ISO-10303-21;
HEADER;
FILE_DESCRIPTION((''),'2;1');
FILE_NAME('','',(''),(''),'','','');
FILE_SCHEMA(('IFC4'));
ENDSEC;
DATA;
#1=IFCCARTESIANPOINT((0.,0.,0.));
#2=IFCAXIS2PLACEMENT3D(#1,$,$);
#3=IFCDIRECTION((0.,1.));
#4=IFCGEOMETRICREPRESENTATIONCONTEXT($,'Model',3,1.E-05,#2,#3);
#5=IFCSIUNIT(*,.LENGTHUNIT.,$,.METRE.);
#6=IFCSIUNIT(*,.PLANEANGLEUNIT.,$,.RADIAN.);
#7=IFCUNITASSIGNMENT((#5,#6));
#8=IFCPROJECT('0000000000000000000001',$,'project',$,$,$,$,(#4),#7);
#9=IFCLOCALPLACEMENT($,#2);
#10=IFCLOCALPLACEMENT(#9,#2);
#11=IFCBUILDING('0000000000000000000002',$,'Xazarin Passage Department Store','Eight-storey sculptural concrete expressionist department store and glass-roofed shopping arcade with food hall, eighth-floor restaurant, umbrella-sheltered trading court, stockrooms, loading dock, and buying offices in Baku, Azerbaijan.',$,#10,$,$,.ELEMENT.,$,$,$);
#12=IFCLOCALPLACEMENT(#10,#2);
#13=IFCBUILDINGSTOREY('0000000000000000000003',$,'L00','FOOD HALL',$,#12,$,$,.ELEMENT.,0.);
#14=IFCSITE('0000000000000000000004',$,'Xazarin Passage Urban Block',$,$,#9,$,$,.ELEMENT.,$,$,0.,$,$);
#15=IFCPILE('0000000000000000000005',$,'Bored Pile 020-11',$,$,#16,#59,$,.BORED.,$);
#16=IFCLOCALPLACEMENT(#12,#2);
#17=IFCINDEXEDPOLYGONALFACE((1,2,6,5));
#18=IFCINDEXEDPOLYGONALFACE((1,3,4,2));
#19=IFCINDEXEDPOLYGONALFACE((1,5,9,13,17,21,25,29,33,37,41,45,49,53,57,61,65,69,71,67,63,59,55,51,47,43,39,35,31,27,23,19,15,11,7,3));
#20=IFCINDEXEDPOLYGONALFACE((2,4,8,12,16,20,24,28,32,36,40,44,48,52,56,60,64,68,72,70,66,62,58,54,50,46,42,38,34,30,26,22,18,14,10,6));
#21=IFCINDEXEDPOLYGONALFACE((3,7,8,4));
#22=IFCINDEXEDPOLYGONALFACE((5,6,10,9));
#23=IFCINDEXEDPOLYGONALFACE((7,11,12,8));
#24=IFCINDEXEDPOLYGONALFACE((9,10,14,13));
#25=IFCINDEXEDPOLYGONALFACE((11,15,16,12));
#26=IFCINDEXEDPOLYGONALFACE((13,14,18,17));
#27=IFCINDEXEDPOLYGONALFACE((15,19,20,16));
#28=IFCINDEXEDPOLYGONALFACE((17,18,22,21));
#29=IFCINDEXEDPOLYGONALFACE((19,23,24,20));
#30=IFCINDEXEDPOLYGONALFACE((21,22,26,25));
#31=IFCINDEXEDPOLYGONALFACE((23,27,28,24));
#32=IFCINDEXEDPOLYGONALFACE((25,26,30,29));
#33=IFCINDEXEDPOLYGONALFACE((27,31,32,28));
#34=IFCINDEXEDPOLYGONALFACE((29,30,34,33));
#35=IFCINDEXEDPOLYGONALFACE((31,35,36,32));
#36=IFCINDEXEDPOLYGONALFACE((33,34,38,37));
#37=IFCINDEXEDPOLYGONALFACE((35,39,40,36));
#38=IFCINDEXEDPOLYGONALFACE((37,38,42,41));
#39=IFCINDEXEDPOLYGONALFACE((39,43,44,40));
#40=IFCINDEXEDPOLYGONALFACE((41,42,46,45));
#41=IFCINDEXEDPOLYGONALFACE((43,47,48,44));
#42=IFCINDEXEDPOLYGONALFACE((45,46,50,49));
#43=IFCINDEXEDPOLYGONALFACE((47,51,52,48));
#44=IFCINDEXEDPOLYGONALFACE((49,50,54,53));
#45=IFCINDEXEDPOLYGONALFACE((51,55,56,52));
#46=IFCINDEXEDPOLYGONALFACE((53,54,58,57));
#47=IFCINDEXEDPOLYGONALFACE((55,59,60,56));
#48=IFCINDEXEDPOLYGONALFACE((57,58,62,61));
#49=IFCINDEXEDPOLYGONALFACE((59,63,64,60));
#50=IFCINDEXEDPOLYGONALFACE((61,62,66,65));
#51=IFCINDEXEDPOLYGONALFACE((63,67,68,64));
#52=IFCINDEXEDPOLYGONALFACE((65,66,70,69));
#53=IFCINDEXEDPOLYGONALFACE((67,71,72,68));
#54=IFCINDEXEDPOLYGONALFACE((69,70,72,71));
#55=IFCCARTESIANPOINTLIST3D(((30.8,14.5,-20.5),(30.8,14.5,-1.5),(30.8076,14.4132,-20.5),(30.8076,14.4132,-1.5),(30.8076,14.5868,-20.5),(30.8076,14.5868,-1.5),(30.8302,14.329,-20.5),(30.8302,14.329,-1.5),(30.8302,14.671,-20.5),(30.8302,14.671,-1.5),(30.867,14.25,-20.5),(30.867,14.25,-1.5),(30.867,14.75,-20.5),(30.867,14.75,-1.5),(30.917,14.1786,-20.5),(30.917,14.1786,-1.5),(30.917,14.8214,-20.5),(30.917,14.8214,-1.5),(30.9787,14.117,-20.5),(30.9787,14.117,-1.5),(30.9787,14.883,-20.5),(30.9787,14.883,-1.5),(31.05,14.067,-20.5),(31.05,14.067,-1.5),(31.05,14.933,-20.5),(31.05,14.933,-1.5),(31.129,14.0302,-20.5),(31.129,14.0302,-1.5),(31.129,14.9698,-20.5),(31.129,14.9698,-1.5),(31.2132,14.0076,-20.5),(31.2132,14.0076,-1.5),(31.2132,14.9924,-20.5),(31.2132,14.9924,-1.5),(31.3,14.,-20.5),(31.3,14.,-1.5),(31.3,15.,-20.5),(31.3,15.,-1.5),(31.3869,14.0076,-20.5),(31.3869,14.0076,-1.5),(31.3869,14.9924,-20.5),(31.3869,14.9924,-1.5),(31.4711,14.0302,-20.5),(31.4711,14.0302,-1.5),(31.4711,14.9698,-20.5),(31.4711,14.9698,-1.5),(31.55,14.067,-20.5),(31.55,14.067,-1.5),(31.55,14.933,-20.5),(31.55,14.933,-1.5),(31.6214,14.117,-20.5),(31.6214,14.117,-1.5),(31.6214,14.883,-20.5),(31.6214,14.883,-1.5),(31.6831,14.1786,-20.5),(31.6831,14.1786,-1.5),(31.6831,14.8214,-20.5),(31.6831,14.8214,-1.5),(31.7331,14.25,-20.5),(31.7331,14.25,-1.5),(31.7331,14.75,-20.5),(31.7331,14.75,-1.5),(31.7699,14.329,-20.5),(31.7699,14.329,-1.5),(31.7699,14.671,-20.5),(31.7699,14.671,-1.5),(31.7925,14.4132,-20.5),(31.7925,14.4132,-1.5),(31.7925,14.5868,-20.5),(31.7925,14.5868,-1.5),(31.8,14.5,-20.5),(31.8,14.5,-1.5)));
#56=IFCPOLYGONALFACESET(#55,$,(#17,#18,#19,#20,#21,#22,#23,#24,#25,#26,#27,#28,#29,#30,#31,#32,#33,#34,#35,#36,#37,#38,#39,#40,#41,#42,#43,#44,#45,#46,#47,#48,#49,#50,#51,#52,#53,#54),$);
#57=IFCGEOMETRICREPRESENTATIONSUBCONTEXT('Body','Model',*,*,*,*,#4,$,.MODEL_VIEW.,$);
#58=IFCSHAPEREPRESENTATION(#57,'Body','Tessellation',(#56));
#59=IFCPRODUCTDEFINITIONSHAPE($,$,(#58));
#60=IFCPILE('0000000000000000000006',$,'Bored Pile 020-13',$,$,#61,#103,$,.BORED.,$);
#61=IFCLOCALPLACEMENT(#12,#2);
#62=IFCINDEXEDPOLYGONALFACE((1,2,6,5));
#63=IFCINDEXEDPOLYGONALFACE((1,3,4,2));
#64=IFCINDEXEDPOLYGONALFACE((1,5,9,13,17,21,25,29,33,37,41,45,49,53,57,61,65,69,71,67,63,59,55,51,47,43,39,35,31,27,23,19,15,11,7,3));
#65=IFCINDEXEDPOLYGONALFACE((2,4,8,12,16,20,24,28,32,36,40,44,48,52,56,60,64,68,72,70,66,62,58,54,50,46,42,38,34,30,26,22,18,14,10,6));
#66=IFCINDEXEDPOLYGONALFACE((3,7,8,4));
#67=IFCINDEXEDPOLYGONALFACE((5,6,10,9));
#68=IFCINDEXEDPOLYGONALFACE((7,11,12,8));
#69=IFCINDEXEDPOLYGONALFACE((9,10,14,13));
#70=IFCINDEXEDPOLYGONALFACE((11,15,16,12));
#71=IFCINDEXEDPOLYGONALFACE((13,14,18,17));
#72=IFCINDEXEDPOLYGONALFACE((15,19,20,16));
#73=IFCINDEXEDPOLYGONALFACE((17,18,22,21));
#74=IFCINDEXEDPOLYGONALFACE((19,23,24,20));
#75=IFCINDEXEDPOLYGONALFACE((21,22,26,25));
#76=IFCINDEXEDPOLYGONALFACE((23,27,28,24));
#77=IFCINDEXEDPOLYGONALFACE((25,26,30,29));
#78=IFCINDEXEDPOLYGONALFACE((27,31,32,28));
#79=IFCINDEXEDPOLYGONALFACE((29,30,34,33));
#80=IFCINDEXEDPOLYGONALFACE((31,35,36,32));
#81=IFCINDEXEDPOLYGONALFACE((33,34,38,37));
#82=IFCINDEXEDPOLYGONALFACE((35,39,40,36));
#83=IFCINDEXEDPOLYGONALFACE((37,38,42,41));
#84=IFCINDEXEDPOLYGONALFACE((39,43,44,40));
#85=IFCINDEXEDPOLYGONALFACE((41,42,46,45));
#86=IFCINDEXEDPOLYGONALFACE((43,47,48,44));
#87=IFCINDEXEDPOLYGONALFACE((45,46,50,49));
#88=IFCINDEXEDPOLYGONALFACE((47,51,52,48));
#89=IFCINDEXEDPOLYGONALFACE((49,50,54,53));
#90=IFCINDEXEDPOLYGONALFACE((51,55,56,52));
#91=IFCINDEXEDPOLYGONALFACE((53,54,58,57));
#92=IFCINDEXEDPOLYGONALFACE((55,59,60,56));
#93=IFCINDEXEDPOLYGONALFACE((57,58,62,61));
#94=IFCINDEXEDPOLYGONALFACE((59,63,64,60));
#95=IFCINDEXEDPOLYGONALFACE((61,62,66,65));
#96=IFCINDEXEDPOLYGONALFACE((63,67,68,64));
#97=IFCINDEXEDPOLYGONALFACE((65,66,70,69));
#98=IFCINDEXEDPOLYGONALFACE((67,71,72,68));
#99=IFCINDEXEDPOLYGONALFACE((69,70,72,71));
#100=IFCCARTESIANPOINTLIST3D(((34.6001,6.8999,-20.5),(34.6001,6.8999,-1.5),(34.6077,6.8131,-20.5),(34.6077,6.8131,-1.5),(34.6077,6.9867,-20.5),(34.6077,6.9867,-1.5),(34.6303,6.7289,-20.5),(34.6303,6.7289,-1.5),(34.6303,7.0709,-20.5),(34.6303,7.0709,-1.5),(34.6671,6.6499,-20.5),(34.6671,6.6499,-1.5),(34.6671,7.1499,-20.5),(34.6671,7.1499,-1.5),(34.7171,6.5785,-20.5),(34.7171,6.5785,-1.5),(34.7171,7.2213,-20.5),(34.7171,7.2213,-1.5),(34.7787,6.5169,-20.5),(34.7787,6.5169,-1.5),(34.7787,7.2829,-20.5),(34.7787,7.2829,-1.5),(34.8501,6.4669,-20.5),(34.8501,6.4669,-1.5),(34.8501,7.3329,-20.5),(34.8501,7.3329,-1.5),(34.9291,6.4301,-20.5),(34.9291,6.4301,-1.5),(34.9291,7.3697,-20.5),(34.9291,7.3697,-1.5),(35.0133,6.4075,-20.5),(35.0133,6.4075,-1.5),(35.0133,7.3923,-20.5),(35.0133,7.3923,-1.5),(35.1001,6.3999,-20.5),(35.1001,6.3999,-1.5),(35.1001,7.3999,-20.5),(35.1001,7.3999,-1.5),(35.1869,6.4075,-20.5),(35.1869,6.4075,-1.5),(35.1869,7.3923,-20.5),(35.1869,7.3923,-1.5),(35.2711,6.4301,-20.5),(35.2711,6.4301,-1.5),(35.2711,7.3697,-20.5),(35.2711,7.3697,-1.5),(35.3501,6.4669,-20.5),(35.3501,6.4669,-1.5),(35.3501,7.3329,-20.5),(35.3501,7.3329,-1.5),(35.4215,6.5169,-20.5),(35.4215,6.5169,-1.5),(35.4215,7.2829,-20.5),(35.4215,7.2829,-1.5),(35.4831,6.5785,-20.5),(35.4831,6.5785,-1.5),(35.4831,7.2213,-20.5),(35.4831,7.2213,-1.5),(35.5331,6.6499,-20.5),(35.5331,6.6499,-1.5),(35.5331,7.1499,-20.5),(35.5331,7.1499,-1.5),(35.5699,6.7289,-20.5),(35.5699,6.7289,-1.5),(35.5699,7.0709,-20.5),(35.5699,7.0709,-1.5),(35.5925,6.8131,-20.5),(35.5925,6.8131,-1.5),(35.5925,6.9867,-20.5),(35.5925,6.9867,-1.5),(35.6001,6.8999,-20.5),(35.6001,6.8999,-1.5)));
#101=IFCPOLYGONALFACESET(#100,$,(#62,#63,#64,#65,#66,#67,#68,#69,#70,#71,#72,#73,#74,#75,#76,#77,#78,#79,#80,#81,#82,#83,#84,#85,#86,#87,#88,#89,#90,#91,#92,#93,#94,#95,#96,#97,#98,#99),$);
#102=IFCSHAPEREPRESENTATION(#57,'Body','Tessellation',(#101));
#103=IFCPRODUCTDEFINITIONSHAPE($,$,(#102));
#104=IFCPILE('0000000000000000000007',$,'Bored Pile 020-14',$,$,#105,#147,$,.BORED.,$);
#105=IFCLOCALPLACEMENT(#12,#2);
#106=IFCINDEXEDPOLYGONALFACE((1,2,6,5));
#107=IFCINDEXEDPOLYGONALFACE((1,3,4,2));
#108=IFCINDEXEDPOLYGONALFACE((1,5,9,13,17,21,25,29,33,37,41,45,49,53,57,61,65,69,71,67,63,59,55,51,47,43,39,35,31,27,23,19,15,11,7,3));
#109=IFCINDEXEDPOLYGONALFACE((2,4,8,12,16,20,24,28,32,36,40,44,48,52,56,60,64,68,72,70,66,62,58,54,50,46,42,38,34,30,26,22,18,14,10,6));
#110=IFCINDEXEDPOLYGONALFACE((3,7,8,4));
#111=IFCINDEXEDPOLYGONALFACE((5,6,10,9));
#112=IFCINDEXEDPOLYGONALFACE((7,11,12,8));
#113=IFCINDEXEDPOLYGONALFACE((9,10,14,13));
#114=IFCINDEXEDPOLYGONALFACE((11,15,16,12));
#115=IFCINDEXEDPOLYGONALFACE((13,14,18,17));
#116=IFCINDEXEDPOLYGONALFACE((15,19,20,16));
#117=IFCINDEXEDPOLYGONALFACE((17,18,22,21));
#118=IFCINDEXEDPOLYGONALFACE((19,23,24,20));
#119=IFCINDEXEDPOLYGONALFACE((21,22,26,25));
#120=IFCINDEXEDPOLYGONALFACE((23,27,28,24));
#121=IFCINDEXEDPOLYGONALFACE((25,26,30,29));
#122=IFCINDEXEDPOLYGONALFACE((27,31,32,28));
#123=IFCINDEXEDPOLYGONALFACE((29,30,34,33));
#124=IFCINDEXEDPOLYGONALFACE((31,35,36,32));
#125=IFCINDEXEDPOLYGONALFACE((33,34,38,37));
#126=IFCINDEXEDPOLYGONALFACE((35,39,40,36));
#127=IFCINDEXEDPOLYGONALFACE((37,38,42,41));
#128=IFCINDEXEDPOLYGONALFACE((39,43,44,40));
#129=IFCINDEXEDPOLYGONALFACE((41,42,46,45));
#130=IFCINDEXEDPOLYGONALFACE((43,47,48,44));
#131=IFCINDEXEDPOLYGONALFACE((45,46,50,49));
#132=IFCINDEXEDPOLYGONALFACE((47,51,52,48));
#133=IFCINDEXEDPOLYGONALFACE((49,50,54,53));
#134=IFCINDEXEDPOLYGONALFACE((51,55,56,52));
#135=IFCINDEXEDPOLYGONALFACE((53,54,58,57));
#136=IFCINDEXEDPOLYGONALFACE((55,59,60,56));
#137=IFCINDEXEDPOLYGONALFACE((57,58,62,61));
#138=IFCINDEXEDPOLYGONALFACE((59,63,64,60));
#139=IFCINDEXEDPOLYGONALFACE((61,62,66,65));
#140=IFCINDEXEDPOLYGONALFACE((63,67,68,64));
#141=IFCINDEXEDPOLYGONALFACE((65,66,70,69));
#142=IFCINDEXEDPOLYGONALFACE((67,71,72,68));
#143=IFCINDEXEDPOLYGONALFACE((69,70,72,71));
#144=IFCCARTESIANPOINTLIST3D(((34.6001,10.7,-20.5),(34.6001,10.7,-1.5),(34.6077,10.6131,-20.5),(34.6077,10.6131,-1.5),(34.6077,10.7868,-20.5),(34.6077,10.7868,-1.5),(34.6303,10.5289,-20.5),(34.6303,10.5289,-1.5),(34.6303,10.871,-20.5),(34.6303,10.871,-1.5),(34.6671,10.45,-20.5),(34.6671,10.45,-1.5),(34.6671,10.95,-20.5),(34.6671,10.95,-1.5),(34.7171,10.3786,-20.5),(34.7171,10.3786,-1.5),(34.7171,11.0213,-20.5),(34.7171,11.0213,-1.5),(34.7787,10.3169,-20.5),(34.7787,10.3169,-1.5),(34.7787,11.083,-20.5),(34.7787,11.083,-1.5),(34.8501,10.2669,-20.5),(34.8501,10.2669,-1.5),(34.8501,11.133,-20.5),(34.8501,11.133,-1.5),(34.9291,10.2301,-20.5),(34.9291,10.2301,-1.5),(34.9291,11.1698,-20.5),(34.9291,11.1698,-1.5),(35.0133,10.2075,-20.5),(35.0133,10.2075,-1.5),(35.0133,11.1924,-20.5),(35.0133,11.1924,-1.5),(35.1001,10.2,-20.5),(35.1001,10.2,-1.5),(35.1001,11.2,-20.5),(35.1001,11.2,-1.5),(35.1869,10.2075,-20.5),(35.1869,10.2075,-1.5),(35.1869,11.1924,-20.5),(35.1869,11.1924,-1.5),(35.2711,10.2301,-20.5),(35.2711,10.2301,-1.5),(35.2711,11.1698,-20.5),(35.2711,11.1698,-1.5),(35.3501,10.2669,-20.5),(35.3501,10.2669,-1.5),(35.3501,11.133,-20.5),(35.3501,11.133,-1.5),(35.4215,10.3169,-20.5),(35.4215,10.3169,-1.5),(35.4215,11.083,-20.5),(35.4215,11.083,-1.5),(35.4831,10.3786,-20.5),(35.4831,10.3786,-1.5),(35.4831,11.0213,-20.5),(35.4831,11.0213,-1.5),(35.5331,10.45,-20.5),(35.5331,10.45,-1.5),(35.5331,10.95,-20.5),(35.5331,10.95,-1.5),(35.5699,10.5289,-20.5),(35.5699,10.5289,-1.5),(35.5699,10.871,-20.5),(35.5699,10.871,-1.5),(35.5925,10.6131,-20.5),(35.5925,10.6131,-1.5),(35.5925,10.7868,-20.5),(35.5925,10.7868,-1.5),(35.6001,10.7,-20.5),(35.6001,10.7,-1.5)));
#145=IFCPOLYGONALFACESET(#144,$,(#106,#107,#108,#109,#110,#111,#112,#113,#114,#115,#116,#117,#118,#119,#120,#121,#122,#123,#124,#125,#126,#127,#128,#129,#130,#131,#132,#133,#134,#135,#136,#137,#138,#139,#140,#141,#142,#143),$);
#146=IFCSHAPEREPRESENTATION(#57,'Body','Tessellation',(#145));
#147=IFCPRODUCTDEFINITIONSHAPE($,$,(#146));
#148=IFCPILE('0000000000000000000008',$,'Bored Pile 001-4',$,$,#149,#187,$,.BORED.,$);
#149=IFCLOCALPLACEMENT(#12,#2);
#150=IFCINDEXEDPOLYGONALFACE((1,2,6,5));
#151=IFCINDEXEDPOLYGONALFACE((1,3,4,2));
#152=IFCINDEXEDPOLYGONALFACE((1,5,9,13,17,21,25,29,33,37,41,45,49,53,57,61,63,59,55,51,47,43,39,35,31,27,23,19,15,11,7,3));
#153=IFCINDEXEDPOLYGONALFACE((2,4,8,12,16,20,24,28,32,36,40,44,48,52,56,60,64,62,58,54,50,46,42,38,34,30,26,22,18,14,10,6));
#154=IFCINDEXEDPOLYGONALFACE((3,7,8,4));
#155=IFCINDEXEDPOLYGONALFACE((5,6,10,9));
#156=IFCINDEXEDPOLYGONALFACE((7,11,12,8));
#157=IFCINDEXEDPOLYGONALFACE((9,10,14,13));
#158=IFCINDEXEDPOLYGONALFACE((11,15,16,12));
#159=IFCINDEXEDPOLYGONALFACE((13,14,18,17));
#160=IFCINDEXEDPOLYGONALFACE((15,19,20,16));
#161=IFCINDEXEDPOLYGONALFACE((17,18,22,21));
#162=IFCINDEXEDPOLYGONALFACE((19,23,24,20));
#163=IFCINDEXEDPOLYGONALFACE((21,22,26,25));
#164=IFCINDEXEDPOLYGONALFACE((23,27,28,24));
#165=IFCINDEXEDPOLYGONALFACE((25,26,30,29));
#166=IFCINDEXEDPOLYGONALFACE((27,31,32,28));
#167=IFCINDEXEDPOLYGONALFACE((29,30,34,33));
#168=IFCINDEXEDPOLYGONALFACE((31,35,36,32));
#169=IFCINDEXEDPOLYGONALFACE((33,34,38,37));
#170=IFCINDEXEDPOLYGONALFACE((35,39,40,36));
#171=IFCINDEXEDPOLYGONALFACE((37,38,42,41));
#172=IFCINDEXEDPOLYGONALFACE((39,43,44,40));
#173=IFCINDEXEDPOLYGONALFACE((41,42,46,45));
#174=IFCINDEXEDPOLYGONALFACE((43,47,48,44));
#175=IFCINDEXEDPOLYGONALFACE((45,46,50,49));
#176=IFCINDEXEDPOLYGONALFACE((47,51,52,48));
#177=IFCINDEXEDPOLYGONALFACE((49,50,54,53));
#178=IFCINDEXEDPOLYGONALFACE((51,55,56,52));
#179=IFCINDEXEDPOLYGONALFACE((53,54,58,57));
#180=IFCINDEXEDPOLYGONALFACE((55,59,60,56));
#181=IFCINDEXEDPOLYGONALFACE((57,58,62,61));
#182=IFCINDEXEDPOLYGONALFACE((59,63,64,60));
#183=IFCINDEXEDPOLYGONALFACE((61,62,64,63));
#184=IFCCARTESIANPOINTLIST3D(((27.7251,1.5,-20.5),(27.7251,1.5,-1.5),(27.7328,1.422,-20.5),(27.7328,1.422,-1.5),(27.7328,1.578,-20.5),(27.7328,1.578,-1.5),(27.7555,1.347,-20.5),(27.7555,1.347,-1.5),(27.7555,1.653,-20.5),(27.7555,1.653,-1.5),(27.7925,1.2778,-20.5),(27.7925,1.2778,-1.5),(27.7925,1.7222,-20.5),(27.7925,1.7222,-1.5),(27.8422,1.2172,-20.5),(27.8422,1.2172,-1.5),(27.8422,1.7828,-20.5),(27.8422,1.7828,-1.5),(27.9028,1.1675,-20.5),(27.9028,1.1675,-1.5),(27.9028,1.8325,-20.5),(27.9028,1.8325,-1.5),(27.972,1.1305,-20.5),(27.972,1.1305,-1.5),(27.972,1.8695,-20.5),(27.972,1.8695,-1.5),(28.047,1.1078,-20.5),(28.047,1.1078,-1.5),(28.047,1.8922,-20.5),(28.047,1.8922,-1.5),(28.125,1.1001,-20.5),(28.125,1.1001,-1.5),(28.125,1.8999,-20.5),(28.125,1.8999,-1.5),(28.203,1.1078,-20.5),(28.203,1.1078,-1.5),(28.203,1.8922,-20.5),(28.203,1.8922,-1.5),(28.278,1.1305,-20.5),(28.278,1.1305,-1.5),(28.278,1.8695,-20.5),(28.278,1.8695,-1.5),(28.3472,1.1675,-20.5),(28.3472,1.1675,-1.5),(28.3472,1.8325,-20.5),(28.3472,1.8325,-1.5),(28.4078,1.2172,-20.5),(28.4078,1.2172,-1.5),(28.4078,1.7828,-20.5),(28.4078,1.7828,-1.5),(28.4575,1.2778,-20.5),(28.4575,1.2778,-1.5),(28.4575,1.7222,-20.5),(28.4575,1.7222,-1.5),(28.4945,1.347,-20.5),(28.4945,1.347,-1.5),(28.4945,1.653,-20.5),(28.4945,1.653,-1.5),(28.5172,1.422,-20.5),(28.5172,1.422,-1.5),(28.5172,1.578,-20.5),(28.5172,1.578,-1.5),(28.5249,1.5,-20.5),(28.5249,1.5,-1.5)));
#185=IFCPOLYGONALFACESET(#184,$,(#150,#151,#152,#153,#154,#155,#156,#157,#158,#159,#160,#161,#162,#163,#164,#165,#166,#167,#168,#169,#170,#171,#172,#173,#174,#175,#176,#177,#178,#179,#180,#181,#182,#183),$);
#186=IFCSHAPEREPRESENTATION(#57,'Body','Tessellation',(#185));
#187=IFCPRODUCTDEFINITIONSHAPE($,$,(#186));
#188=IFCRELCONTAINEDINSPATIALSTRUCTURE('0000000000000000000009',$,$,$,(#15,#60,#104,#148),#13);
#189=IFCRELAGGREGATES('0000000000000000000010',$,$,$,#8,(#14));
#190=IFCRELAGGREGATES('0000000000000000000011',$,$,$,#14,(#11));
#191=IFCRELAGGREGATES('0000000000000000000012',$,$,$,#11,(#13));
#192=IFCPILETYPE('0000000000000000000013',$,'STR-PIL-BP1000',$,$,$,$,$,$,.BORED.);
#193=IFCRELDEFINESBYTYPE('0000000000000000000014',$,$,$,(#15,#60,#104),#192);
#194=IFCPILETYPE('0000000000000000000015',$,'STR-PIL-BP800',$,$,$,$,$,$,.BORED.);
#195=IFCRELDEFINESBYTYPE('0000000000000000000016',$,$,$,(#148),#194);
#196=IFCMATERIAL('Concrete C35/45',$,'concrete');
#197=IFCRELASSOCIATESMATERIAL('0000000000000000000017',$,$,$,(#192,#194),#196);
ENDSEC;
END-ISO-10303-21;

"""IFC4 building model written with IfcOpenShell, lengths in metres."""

from ifc_helpers import new_model, si_unit, direction, frame, origin, origin_2d, place, context, subcontext, project, spatial, circle, extrude, material, material_profile, profile_set, type_object, element, save


model = new_model("IFC4")

# Units and contexts
model_context = context("Model", 3, precision=1e-05, world=origin(), true_north=direction((0.0, 1.0)))
body_context = subcontext(model_context, "Body", "Model", "MODEL_VIEW")
ifc_project = project(units=[si_unit("LENGTHUNIT", "METRE"), si_unit("PLANEANGLEUNIT", "RADIAN")], contexts=[model_context])

# Site, building, storey
site_placement = place(None, origin())
site = spatial("IfcSite", under=ifc_project, at=site_placement, Name="Xazarin Passage Urban Block", CompositionType="ELEMENT", RefElevation=0.0)
building_placement = place(site_placement, origin())
building = spatial("IfcBuilding", under=site, at=building_placement, Name="Xazarin Passage Department Store", Description="Eight-storey sculptural concrete expressionist department store and glass-roofed shopping arcade with food hall, eighth-floor restaurant, umbrella-sheltered trading court, stockrooms, loading dock, and buying offices in Baku, Azerbaijan.", CompositionType="ELEMENT")
storey_placement = place(building_placement, origin())
storey = spatial("IfcBuildingStorey", under=building, at=storey_placement, Name="L00", Description="FOOD HALL", CompositionType="ELEMENT", Elevation=0.0)

# Shared definitions
ifc_material_1 = material(Name="Concrete C35/45", Category="concrete")

# Piles
ifc_material_profile_1 = material_profile(ifc_material_1, circle(Radius=0.5, at=origin_2d()), Name="BP 1000")
ifc_profile_set_1 = profile_set([ifc_material_profile_1], Name="Concrete C35/45")
pile_type_1 = type_object("IfcPileType", Name="STR-PIL-BP1000", PredefinedType="BORED", material=ifc_profile_set_1)
for number, where, z_axis, x_axis, name in (
    (1, (31.3, 14.5, -1.5), (0.0, 0.0, -1.0), (1.0, 0.0, 0.0), "Bored Pile 020-11"),
    (2, (35.1001, 6.8999, -1.5), (0.0, 0.0, -1.0), (1.0, 0.0, 0.0), "Bored Pile 020-13"),
    (3, (35.1001, 10.7, -1.5), (0.0, 0.0, -1.0), (1.0, 0.0, 0.0), "Bored Pile 020-14"),
):
    element("IfcPile", number, at=place(storey_placement, frame(where, z_axis=z_axis, x_axis=x_axis)), inside=storey, type_object=pile_type_1, Name=name, PredefinedType="BORED", context=body_context, shape_type="SweptSolid", body=[
        extrude(circle(Radius=0.5, at=origin_2d()), origin(), (0.0, 0.0, 1.0), 19.0),
    ])
ifc_material_profile_2 = material_profile(ifc_material_1, circle(Radius=0.3999, at=origin_2d()), Name="BP 800")
ifc_profile_set_2 = profile_set([ifc_material_profile_2], Name="Concrete C35/45")
pile_type_2 = type_object("IfcPileType", Name="STR-PIL-BP800", PredefinedType="BORED", material=ifc_profile_set_2)
for number, where, z_axis, x_axis, name in (
    (4, (28.125, 1.5, -1.5), (0.0, 0.0, -1.0), (1.0, 0.0, 0.0), "Bored Pile 001-4"),
):
    element("IfcPile", number, at=place(storey_placement, frame(where, z_axis=z_axis, x_axis=x_axis)), inside=storey, type_object=pile_type_2, Name=name, PredefinedType="BORED", context=body_context, shape_type="SweptSolid", body=[
        extrude(circle(Radius=0.3999, at=origin_2d()), origin(), (0.0, 0.0, 1.0), 19.0),
    ])

save(model, "model.ifc")
